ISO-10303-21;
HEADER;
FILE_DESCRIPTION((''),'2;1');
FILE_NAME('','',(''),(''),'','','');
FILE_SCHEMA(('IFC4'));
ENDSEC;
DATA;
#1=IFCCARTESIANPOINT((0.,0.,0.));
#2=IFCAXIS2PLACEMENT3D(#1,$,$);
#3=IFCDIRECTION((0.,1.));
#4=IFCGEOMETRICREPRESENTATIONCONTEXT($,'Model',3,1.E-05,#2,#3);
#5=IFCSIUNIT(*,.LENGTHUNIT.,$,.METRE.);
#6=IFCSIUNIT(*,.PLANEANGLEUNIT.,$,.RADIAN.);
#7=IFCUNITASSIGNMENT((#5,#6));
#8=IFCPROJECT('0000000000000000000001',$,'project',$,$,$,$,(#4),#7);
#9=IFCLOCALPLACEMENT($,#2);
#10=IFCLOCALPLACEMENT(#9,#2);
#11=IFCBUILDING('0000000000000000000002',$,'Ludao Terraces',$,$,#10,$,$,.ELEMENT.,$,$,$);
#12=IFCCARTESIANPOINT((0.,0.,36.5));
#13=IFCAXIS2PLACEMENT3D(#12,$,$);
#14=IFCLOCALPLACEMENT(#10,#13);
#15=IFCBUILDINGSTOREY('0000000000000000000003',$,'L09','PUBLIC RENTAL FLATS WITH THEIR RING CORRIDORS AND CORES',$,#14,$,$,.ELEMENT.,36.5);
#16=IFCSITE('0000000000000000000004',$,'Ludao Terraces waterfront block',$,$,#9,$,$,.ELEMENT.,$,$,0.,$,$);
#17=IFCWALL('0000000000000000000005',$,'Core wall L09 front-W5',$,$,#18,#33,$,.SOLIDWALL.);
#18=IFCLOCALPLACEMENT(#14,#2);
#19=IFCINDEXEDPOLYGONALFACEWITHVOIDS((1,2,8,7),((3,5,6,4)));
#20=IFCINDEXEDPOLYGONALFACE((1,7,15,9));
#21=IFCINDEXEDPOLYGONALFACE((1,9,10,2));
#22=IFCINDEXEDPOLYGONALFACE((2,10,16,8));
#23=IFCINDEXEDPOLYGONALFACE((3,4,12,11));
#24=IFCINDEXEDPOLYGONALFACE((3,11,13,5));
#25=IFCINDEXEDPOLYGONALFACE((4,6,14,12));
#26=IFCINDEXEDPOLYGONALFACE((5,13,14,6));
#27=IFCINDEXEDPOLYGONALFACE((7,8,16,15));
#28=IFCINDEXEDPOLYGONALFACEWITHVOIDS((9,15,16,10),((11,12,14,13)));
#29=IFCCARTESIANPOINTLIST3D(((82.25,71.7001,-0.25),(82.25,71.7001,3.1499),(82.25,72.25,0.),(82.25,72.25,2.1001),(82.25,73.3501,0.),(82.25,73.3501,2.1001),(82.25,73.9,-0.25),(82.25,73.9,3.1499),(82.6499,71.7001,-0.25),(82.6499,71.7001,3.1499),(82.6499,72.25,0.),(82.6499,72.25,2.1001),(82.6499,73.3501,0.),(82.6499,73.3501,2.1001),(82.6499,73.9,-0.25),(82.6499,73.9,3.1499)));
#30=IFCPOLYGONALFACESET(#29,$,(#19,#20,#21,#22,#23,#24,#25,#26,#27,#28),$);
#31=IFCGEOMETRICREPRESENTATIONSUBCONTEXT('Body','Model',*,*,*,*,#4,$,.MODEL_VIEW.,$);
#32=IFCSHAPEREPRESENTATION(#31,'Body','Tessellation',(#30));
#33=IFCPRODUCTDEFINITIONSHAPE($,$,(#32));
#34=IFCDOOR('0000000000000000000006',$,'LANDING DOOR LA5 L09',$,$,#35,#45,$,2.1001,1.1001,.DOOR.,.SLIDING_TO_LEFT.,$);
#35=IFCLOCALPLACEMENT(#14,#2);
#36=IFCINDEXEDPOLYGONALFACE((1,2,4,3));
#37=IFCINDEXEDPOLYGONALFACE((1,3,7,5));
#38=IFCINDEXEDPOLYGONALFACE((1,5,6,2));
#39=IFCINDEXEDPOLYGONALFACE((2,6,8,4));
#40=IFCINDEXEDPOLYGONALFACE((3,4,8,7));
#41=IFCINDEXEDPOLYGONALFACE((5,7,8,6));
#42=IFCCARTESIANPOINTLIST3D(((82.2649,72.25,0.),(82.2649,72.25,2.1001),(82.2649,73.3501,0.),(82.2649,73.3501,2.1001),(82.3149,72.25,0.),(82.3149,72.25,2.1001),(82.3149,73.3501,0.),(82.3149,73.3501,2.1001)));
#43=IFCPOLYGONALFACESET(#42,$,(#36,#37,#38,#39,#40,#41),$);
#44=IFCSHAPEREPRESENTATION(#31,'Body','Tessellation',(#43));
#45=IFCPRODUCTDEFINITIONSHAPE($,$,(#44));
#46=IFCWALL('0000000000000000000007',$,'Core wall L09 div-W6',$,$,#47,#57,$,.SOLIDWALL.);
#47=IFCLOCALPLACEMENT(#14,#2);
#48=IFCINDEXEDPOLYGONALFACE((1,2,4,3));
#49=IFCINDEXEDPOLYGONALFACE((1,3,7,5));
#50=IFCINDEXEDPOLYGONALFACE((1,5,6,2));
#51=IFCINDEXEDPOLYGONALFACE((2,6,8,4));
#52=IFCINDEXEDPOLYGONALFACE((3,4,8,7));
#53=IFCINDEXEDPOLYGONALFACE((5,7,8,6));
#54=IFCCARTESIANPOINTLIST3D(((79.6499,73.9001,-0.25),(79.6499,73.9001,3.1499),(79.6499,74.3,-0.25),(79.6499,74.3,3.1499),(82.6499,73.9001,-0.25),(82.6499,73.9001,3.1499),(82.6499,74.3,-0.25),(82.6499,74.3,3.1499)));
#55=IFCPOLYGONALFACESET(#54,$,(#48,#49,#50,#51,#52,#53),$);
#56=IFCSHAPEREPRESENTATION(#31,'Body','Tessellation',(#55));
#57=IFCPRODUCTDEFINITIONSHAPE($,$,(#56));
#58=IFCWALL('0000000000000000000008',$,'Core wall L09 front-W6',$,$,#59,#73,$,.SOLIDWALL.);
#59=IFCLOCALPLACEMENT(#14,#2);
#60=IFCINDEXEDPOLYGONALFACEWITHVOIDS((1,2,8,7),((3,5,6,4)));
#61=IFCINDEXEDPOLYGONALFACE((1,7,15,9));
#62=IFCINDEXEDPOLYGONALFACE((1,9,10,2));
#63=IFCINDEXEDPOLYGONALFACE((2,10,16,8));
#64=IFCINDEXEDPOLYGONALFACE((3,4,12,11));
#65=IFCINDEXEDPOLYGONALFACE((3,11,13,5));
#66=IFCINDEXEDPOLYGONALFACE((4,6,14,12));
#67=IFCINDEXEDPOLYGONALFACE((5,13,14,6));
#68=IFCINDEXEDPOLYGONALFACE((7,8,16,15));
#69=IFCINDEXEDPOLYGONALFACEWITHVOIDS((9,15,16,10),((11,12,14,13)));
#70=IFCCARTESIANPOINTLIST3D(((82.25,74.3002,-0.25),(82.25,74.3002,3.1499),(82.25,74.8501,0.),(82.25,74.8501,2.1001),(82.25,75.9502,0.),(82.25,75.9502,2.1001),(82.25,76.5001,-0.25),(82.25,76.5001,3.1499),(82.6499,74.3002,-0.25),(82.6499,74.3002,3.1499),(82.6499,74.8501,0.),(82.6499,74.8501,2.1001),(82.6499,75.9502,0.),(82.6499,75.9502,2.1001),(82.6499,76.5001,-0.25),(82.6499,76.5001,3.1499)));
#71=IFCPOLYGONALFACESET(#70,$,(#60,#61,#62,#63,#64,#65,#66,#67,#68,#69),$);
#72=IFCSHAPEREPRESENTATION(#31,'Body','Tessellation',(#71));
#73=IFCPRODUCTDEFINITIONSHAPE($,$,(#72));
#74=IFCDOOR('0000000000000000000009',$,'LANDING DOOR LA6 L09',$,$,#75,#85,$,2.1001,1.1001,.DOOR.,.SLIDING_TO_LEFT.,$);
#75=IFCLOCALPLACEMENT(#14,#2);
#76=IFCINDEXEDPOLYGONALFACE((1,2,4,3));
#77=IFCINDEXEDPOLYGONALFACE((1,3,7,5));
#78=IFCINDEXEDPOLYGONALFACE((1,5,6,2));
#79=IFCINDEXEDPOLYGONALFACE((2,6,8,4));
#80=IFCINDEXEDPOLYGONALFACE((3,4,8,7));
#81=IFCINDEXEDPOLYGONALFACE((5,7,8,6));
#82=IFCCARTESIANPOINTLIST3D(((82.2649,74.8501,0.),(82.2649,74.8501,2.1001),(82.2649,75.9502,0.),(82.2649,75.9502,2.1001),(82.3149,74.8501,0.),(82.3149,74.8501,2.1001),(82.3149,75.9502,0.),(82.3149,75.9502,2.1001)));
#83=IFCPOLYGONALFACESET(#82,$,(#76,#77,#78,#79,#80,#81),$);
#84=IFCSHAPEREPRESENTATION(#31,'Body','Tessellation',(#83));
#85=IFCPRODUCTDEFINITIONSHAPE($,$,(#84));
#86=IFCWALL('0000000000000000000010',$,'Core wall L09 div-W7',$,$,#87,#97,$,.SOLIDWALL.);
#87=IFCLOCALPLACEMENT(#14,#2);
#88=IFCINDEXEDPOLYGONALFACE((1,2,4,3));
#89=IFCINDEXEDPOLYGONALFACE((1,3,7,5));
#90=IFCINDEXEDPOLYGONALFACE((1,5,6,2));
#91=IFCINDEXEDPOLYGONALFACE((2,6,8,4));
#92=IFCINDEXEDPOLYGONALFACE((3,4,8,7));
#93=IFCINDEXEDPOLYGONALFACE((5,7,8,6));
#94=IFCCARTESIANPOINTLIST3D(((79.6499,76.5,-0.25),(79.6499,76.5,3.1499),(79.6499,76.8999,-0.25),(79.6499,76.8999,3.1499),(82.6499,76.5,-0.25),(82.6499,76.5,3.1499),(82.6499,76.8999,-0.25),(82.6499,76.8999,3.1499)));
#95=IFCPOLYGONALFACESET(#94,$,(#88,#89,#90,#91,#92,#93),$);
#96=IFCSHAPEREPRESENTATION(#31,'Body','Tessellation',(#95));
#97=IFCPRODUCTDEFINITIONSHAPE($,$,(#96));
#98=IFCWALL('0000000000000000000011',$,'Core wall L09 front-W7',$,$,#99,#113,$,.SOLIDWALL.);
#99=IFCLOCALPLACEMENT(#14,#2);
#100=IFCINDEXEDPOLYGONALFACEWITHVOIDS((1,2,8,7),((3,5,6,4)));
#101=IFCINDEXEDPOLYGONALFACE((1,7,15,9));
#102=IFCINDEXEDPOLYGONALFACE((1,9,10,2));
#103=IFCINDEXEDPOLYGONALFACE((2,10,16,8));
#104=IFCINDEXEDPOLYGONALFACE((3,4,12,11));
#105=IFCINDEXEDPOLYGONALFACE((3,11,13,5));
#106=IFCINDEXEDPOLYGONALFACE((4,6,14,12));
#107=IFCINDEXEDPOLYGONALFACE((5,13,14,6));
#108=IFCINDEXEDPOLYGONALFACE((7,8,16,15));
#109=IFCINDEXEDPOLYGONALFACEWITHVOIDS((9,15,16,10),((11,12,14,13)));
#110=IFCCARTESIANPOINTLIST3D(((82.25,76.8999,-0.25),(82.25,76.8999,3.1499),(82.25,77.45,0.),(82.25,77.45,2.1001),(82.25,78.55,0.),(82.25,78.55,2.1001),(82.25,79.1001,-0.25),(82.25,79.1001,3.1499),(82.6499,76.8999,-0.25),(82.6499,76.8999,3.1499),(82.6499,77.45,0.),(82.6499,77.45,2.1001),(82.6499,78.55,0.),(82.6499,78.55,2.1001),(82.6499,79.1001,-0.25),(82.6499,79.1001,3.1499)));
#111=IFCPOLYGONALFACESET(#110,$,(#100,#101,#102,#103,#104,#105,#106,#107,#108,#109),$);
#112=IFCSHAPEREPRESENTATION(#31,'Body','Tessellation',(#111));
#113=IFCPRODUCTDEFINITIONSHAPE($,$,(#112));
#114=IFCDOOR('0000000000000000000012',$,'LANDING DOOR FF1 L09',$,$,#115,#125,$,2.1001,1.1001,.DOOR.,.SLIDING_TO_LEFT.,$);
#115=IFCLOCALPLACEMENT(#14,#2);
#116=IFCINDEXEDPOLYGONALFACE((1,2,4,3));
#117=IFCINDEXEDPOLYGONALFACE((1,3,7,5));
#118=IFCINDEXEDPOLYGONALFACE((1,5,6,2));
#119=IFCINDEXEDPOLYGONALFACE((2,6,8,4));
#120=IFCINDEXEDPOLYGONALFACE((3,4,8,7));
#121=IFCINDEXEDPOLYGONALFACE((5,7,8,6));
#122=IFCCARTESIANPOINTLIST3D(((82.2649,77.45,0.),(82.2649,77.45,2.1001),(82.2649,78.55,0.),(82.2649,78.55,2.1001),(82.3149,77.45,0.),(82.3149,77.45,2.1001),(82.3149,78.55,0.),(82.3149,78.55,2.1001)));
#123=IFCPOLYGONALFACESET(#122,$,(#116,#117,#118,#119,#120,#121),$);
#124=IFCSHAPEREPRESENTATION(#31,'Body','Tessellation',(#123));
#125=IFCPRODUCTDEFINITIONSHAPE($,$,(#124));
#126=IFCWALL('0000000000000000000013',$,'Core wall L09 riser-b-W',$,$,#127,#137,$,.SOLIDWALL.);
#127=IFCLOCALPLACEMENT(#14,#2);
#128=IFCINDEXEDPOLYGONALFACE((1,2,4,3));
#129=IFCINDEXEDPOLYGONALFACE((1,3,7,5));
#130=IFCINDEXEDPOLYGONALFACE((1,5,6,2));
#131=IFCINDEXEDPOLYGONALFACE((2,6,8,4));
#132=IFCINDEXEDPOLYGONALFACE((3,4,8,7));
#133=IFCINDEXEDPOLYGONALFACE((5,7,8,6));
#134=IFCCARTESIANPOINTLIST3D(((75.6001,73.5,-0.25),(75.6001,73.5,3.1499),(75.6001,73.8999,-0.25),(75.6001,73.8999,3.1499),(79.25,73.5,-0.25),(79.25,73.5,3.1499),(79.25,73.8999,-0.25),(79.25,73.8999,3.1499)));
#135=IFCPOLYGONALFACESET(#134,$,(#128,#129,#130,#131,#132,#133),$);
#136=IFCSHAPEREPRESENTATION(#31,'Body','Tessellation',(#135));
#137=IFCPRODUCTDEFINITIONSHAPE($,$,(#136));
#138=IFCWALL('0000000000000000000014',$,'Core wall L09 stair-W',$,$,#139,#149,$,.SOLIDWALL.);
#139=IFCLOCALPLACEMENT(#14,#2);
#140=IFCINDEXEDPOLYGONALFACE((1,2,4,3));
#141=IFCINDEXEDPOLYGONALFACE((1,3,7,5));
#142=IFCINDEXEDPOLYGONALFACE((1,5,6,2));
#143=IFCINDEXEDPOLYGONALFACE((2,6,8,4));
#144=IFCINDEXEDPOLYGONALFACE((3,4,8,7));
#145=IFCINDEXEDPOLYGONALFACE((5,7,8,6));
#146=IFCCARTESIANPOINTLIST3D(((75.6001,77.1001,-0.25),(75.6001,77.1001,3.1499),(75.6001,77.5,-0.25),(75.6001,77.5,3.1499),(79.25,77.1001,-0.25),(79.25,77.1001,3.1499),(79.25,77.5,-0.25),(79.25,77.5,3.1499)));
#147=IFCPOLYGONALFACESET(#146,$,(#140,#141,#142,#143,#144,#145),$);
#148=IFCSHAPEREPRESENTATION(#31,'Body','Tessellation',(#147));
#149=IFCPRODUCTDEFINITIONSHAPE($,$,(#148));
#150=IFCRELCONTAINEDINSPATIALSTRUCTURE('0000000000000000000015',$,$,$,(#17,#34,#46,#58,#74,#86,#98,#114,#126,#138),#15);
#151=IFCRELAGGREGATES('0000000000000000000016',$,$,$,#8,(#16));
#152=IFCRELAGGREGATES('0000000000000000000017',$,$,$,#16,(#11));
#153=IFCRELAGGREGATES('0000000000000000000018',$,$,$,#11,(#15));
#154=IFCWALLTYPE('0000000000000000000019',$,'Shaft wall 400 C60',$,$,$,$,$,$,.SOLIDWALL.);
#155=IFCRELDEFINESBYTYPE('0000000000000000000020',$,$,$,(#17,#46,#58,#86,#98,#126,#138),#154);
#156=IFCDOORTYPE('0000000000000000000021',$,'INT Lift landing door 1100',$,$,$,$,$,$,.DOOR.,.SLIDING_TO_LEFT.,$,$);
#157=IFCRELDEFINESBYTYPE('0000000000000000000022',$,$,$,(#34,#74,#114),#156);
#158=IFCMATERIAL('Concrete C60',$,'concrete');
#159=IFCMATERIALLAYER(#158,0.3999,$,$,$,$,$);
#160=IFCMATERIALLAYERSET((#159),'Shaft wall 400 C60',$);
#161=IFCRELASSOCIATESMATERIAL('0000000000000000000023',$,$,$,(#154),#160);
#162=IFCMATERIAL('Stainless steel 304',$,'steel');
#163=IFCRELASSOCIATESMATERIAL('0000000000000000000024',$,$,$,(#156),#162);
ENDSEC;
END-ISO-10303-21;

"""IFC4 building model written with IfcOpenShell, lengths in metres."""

from ifc_helpers import new_model, si_unit, direction, frame, frame_2d, origin, place, context, subcontext, project, spatial, rectangle, extrude, material, layer, layer_set, type_object, element, fill, save


model = new_model("IFC4")

# Units and contexts
model_context = context("Model", 3, precision=1e-05, world=origin(), true_north=direction((0.0, 1.0)))
body_context = subcontext(model_context, "Body", "Model", "MODEL_VIEW")
ifc_project = project(units=[si_unit("LENGTHUNIT", "METRE"), si_unit("PLANEANGLEUNIT", "RADIAN")], contexts=[model_context])

# Site, building, storey
site_placement = place(None, origin())
site = spatial("IfcSite", under=ifc_project, at=site_placement, Name="Ludao Terraces waterfront block", CompositionType="ELEMENT", RefElevation=0.0)
building_placement = place(site_placement, origin())
building = spatial("IfcBuilding", under=site, at=building_placement, Name="Ludao Terraces", CompositionType="ELEMENT")
storey_placement = place(building_placement, frame((0.0, 0.0, 36.5)))
storey = spatial("IfcBuildingStorey", under=building, at=storey_placement, Name="L09", Description="PUBLIC RENTAL FLATS WITH THEIR RING CORRIDORS AND CORES", CompositionType="ELEMENT", Elevation=36.5)

# Shared definitions
ifc_material_1 = material(Name="Concrete C60", Category="concrete")
ifc_layer_1 = layer(ifc_material_1, 0.3999)
ifc_layer_set_1 = layer_set([ifc_layer_1], Name="Shaft wall 400 C60")
wall_type_1 = type_object("IfcWallType", Name="Shaft wall 400 C60", PredefinedType="SOLIDWALL", material=ifc_layer_set_1)

# Wall, opening, door
wall_1_placement = place(storey_placement, frame((82.45, 71.7, -0.25), z_axis=(0.0, 0.0, 1.0), x_axis=(0.0, 1.0, 0.0)))
wall_1 = element("IfcWall", 1, at=wall_1_placement, inside=storey, type_object=wall_type_1, Name="Core wall L09 front-W5", PredefinedType="SOLIDWALL", context=body_context, shape_type="SweptSolid", body=[
    extrude(rectangle(XDim=2.2, YDim=0.3999, at=frame_2d((1.1001, 0.0))), origin(), (0.0, 0.0, 1.0), 3.3999),
])
opening_1_placement = place(wall_1_placement, frame((0.55, 0.0, 0.25)))
opening_1 = element("IfcOpeningElement", 2, at=opening_1_placement, cuts=wall_1, PredefinedType="OPENING", context=body_context, shape_type="SweptSolid", body=[
    extrude(rectangle(XDim=1.1001, YDim=2.1001, at=frame_2d((0.55, 1.05))), frame((0.0, 0.21, 0.0), z_axis=(0.0, -1.0, 0.0), x_axis=(1.0, 0.0, 0.0)), (0.0, 0.0, 1.0), 0.4199),
])
ifc_material_2 = material(Name="Stainless steel 304", Category="steel")
door_type_1 = type_object("IfcDoorType", Name="INT Lift landing door 1100", OperationType="SLIDING_TO_LEFT", PredefinedType="DOOR", material=ifc_material_2)
door_1_placement = place(opening_1_placement, origin())
door_1 = element("IfcDoor", 3, at=door_1_placement, inside=storey, type_object=door_type_1, Name="LANDING DOOR LA5 L09", OperationType="SLIDING_TO_LEFT", OverallHeight=2.1001, OverallWidth=1.1001, PredefinedType="DOOR", context=body_context, shape_type="SweptSolid", body=[
    extrude(rectangle(XDim=1.1001, YDim=2.1001, at=frame_2d((0.55, 1.05))), frame((0.0, 0.1851, 0.0), z_axis=(0.0, -1.0, 0.0), x_axis=(1.0, 0.0, 0.0)), (0.0, 0.0, 1.0), 0.05),
])
fill(opening_1, door_1)

# Wall
wall_2_placement = place(storey_placement, frame((79.6499, 74.1001, -0.25), z_axis=(0.0, 0.0, 1.0), x_axis=(1.0, 0.0, 0.0)))
element("IfcWall", 4, at=wall_2_placement, inside=storey, type_object=wall_type_1, Name="Core wall L09 div-W6", PredefinedType="SOLIDWALL", context=body_context, shape_type="SweptSolid", body=[
    extrude(rectangle(XDim=3.0, YDim=0.3999, at=frame_2d((1.5, 0.0))), origin(), (0.0, 0.0, 1.0), 3.3999),
])

# Wall, opening, door
wall_3_placement = place(storey_placement, frame((82.45, 74.3, -0.25), z_axis=(0.0, 0.0, 1.0), x_axis=(0.0, 1.0, 0.0)))
wall_3 = element("IfcWall", 5, at=wall_3_placement, inside=storey, type_object=wall_type_1, Name="Core wall L09 front-W6", PredefinedType="SOLIDWALL", context=body_context, shape_type="SweptSolid", body=[
    extrude(rectangle(XDim=2.2, YDim=0.3999, at=frame_2d((1.1001, 0.0))), origin(), (0.0, 0.0, 1.0), 3.3999),
])
opening_2_placement = place(wall_3_placement, frame((0.55, 0.0, 0.25)))
opening_2 = element("IfcOpeningElement", 6, at=opening_2_placement, cuts=wall_3, PredefinedType="OPENING", context=body_context, shape_type="SweptSolid", body=[
    extrude(rectangle(XDim=1.1001, YDim=2.1001, at=frame_2d((0.55, 1.05))), frame((0.0, 0.21, 0.0), z_axis=(0.0, -1.0, 0.0), x_axis=(1.0, 0.0, 0.0)), (0.0, 0.0, 1.0), 0.4199),
])
door_2_placement = place(opening_2_placement, origin())
door_2 = element("IfcDoor", 7, at=door_2_placement, inside=storey, type_object=door_type_1, Name="LANDING DOOR LA6 L09", OperationType="SLIDING_TO_LEFT", OverallHeight=2.1001, OverallWidth=1.1001, PredefinedType="DOOR", context=body_context, shape_type="SweptSolid", body=[
    extrude(rectangle(XDim=1.1001, YDim=2.1001, at=frame_2d((0.55, 1.05))), frame((0.0, 0.1851, 0.0), z_axis=(0.0, -1.0, 0.0), x_axis=(1.0, 0.0, 0.0)), (0.0, 0.0, 1.0), 0.05),
])
fill(opening_2, door_2)

# Wall
wall_4_placement = place(storey_placement, frame((79.6499, 76.7, -0.25), z_axis=(0.0, 0.0, 1.0), x_axis=(1.0, 0.0, 0.0)))
element("IfcWall", 8, at=wall_4_placement, inside=storey, type_object=wall_type_1, Name="Core wall L09 div-W7", PredefinedType="SOLIDWALL", context=body_context, shape_type="SweptSolid", body=[
    extrude(rectangle(XDim=3.0, YDim=0.3999, at=frame_2d((1.5, 0.0))), origin(), (0.0, 0.0, 1.0), 3.3999),
])

# Wall, opening, door
wall_5_placement = place(storey_placement, frame((82.45, 76.8999, -0.25), z_axis=(0.0, 0.0, 1.0), x_axis=(0.0, 1.0, 0.0)))
wall_5 = element("IfcWall", 9, at=wall_5_placement, inside=storey, type_object=wall_type_1, Name="Core wall L09 front-W7", PredefinedType="SOLIDWALL", context=body_context, shape_type="SweptSolid", body=[
    extrude(rectangle(XDim=2.2002, YDim=0.3999, at=frame_2d((1.1001, 0.0))), origin(), (0.0, 0.0, 1.0), 3.3999),
])
opening_3_placement = place(wall_5_placement, frame((0.55, 0.0, 0.25)))
opening_3 = element("IfcOpeningElement", 10, at=opening_3_placement, cuts=wall_5, PredefinedType="OPENING", context=body_context, shape_type="SweptSolid", body=[
    extrude(rectangle(XDim=1.1001, YDim=2.1001, at=frame_2d((0.55, 1.05))), frame((0.0, 0.21, 0.0), z_axis=(0.0, -1.0, 0.0), x_axis=(1.0, 0.0, 0.0)), (0.0, 0.0, 1.0), 0.4199),
])
door_3_placement = place(opening_3_placement, origin())
door_3 = element("IfcDoor", 11, at=door_3_placement, inside=storey, type_object=door_type_1, Name="LANDING DOOR FF1 L09", OperationType="SLIDING_TO_LEFT", OverallHeight=2.1001, OverallWidth=1.1001, PredefinedType="DOOR", context=body_context, shape_type="SweptSolid", body=[
    extrude(rectangle(XDim=1.1001, YDim=2.1001, at=frame_2d((0.55, 1.05))), frame((0.0, 0.1851, 0.0), z_axis=(0.0, -1.0, 0.0), x_axis=(1.0, 0.0, 0.0)), (0.0, 0.0, 1.0), 0.05),
])
fill(opening_3, door_3)

# Walls
for number, where, z_axis, x_axis, name in (
    (12, (75.6001, 73.7, -0.25), (0.0, 0.0, 1.0), (1.0, 0.0, 0.0), "Core wall L09 riser-b-W"),
    (13, (75.6001, 77.3, -0.25), (0.0, 0.0, 1.0), (1.0, 0.0, 0.0), "Core wall L09 stair-W"),
):
    element("IfcWall", number, at=place(storey_placement, frame(where, z_axis=z_axis, x_axis=x_axis)), inside=storey, type_object=wall_type_1, Name=name, PredefinedType="SOLIDWALL", context=body_context, shape_type="SweptSolid", body=[
        extrude(rectangle(XDim=3.6499, YDim=0.3999, at=frame_2d((1.825, 0.0))), origin(), (0.0, 0.0, 1.0), 3.3999),
    ])

save(model, "model.ifc")
